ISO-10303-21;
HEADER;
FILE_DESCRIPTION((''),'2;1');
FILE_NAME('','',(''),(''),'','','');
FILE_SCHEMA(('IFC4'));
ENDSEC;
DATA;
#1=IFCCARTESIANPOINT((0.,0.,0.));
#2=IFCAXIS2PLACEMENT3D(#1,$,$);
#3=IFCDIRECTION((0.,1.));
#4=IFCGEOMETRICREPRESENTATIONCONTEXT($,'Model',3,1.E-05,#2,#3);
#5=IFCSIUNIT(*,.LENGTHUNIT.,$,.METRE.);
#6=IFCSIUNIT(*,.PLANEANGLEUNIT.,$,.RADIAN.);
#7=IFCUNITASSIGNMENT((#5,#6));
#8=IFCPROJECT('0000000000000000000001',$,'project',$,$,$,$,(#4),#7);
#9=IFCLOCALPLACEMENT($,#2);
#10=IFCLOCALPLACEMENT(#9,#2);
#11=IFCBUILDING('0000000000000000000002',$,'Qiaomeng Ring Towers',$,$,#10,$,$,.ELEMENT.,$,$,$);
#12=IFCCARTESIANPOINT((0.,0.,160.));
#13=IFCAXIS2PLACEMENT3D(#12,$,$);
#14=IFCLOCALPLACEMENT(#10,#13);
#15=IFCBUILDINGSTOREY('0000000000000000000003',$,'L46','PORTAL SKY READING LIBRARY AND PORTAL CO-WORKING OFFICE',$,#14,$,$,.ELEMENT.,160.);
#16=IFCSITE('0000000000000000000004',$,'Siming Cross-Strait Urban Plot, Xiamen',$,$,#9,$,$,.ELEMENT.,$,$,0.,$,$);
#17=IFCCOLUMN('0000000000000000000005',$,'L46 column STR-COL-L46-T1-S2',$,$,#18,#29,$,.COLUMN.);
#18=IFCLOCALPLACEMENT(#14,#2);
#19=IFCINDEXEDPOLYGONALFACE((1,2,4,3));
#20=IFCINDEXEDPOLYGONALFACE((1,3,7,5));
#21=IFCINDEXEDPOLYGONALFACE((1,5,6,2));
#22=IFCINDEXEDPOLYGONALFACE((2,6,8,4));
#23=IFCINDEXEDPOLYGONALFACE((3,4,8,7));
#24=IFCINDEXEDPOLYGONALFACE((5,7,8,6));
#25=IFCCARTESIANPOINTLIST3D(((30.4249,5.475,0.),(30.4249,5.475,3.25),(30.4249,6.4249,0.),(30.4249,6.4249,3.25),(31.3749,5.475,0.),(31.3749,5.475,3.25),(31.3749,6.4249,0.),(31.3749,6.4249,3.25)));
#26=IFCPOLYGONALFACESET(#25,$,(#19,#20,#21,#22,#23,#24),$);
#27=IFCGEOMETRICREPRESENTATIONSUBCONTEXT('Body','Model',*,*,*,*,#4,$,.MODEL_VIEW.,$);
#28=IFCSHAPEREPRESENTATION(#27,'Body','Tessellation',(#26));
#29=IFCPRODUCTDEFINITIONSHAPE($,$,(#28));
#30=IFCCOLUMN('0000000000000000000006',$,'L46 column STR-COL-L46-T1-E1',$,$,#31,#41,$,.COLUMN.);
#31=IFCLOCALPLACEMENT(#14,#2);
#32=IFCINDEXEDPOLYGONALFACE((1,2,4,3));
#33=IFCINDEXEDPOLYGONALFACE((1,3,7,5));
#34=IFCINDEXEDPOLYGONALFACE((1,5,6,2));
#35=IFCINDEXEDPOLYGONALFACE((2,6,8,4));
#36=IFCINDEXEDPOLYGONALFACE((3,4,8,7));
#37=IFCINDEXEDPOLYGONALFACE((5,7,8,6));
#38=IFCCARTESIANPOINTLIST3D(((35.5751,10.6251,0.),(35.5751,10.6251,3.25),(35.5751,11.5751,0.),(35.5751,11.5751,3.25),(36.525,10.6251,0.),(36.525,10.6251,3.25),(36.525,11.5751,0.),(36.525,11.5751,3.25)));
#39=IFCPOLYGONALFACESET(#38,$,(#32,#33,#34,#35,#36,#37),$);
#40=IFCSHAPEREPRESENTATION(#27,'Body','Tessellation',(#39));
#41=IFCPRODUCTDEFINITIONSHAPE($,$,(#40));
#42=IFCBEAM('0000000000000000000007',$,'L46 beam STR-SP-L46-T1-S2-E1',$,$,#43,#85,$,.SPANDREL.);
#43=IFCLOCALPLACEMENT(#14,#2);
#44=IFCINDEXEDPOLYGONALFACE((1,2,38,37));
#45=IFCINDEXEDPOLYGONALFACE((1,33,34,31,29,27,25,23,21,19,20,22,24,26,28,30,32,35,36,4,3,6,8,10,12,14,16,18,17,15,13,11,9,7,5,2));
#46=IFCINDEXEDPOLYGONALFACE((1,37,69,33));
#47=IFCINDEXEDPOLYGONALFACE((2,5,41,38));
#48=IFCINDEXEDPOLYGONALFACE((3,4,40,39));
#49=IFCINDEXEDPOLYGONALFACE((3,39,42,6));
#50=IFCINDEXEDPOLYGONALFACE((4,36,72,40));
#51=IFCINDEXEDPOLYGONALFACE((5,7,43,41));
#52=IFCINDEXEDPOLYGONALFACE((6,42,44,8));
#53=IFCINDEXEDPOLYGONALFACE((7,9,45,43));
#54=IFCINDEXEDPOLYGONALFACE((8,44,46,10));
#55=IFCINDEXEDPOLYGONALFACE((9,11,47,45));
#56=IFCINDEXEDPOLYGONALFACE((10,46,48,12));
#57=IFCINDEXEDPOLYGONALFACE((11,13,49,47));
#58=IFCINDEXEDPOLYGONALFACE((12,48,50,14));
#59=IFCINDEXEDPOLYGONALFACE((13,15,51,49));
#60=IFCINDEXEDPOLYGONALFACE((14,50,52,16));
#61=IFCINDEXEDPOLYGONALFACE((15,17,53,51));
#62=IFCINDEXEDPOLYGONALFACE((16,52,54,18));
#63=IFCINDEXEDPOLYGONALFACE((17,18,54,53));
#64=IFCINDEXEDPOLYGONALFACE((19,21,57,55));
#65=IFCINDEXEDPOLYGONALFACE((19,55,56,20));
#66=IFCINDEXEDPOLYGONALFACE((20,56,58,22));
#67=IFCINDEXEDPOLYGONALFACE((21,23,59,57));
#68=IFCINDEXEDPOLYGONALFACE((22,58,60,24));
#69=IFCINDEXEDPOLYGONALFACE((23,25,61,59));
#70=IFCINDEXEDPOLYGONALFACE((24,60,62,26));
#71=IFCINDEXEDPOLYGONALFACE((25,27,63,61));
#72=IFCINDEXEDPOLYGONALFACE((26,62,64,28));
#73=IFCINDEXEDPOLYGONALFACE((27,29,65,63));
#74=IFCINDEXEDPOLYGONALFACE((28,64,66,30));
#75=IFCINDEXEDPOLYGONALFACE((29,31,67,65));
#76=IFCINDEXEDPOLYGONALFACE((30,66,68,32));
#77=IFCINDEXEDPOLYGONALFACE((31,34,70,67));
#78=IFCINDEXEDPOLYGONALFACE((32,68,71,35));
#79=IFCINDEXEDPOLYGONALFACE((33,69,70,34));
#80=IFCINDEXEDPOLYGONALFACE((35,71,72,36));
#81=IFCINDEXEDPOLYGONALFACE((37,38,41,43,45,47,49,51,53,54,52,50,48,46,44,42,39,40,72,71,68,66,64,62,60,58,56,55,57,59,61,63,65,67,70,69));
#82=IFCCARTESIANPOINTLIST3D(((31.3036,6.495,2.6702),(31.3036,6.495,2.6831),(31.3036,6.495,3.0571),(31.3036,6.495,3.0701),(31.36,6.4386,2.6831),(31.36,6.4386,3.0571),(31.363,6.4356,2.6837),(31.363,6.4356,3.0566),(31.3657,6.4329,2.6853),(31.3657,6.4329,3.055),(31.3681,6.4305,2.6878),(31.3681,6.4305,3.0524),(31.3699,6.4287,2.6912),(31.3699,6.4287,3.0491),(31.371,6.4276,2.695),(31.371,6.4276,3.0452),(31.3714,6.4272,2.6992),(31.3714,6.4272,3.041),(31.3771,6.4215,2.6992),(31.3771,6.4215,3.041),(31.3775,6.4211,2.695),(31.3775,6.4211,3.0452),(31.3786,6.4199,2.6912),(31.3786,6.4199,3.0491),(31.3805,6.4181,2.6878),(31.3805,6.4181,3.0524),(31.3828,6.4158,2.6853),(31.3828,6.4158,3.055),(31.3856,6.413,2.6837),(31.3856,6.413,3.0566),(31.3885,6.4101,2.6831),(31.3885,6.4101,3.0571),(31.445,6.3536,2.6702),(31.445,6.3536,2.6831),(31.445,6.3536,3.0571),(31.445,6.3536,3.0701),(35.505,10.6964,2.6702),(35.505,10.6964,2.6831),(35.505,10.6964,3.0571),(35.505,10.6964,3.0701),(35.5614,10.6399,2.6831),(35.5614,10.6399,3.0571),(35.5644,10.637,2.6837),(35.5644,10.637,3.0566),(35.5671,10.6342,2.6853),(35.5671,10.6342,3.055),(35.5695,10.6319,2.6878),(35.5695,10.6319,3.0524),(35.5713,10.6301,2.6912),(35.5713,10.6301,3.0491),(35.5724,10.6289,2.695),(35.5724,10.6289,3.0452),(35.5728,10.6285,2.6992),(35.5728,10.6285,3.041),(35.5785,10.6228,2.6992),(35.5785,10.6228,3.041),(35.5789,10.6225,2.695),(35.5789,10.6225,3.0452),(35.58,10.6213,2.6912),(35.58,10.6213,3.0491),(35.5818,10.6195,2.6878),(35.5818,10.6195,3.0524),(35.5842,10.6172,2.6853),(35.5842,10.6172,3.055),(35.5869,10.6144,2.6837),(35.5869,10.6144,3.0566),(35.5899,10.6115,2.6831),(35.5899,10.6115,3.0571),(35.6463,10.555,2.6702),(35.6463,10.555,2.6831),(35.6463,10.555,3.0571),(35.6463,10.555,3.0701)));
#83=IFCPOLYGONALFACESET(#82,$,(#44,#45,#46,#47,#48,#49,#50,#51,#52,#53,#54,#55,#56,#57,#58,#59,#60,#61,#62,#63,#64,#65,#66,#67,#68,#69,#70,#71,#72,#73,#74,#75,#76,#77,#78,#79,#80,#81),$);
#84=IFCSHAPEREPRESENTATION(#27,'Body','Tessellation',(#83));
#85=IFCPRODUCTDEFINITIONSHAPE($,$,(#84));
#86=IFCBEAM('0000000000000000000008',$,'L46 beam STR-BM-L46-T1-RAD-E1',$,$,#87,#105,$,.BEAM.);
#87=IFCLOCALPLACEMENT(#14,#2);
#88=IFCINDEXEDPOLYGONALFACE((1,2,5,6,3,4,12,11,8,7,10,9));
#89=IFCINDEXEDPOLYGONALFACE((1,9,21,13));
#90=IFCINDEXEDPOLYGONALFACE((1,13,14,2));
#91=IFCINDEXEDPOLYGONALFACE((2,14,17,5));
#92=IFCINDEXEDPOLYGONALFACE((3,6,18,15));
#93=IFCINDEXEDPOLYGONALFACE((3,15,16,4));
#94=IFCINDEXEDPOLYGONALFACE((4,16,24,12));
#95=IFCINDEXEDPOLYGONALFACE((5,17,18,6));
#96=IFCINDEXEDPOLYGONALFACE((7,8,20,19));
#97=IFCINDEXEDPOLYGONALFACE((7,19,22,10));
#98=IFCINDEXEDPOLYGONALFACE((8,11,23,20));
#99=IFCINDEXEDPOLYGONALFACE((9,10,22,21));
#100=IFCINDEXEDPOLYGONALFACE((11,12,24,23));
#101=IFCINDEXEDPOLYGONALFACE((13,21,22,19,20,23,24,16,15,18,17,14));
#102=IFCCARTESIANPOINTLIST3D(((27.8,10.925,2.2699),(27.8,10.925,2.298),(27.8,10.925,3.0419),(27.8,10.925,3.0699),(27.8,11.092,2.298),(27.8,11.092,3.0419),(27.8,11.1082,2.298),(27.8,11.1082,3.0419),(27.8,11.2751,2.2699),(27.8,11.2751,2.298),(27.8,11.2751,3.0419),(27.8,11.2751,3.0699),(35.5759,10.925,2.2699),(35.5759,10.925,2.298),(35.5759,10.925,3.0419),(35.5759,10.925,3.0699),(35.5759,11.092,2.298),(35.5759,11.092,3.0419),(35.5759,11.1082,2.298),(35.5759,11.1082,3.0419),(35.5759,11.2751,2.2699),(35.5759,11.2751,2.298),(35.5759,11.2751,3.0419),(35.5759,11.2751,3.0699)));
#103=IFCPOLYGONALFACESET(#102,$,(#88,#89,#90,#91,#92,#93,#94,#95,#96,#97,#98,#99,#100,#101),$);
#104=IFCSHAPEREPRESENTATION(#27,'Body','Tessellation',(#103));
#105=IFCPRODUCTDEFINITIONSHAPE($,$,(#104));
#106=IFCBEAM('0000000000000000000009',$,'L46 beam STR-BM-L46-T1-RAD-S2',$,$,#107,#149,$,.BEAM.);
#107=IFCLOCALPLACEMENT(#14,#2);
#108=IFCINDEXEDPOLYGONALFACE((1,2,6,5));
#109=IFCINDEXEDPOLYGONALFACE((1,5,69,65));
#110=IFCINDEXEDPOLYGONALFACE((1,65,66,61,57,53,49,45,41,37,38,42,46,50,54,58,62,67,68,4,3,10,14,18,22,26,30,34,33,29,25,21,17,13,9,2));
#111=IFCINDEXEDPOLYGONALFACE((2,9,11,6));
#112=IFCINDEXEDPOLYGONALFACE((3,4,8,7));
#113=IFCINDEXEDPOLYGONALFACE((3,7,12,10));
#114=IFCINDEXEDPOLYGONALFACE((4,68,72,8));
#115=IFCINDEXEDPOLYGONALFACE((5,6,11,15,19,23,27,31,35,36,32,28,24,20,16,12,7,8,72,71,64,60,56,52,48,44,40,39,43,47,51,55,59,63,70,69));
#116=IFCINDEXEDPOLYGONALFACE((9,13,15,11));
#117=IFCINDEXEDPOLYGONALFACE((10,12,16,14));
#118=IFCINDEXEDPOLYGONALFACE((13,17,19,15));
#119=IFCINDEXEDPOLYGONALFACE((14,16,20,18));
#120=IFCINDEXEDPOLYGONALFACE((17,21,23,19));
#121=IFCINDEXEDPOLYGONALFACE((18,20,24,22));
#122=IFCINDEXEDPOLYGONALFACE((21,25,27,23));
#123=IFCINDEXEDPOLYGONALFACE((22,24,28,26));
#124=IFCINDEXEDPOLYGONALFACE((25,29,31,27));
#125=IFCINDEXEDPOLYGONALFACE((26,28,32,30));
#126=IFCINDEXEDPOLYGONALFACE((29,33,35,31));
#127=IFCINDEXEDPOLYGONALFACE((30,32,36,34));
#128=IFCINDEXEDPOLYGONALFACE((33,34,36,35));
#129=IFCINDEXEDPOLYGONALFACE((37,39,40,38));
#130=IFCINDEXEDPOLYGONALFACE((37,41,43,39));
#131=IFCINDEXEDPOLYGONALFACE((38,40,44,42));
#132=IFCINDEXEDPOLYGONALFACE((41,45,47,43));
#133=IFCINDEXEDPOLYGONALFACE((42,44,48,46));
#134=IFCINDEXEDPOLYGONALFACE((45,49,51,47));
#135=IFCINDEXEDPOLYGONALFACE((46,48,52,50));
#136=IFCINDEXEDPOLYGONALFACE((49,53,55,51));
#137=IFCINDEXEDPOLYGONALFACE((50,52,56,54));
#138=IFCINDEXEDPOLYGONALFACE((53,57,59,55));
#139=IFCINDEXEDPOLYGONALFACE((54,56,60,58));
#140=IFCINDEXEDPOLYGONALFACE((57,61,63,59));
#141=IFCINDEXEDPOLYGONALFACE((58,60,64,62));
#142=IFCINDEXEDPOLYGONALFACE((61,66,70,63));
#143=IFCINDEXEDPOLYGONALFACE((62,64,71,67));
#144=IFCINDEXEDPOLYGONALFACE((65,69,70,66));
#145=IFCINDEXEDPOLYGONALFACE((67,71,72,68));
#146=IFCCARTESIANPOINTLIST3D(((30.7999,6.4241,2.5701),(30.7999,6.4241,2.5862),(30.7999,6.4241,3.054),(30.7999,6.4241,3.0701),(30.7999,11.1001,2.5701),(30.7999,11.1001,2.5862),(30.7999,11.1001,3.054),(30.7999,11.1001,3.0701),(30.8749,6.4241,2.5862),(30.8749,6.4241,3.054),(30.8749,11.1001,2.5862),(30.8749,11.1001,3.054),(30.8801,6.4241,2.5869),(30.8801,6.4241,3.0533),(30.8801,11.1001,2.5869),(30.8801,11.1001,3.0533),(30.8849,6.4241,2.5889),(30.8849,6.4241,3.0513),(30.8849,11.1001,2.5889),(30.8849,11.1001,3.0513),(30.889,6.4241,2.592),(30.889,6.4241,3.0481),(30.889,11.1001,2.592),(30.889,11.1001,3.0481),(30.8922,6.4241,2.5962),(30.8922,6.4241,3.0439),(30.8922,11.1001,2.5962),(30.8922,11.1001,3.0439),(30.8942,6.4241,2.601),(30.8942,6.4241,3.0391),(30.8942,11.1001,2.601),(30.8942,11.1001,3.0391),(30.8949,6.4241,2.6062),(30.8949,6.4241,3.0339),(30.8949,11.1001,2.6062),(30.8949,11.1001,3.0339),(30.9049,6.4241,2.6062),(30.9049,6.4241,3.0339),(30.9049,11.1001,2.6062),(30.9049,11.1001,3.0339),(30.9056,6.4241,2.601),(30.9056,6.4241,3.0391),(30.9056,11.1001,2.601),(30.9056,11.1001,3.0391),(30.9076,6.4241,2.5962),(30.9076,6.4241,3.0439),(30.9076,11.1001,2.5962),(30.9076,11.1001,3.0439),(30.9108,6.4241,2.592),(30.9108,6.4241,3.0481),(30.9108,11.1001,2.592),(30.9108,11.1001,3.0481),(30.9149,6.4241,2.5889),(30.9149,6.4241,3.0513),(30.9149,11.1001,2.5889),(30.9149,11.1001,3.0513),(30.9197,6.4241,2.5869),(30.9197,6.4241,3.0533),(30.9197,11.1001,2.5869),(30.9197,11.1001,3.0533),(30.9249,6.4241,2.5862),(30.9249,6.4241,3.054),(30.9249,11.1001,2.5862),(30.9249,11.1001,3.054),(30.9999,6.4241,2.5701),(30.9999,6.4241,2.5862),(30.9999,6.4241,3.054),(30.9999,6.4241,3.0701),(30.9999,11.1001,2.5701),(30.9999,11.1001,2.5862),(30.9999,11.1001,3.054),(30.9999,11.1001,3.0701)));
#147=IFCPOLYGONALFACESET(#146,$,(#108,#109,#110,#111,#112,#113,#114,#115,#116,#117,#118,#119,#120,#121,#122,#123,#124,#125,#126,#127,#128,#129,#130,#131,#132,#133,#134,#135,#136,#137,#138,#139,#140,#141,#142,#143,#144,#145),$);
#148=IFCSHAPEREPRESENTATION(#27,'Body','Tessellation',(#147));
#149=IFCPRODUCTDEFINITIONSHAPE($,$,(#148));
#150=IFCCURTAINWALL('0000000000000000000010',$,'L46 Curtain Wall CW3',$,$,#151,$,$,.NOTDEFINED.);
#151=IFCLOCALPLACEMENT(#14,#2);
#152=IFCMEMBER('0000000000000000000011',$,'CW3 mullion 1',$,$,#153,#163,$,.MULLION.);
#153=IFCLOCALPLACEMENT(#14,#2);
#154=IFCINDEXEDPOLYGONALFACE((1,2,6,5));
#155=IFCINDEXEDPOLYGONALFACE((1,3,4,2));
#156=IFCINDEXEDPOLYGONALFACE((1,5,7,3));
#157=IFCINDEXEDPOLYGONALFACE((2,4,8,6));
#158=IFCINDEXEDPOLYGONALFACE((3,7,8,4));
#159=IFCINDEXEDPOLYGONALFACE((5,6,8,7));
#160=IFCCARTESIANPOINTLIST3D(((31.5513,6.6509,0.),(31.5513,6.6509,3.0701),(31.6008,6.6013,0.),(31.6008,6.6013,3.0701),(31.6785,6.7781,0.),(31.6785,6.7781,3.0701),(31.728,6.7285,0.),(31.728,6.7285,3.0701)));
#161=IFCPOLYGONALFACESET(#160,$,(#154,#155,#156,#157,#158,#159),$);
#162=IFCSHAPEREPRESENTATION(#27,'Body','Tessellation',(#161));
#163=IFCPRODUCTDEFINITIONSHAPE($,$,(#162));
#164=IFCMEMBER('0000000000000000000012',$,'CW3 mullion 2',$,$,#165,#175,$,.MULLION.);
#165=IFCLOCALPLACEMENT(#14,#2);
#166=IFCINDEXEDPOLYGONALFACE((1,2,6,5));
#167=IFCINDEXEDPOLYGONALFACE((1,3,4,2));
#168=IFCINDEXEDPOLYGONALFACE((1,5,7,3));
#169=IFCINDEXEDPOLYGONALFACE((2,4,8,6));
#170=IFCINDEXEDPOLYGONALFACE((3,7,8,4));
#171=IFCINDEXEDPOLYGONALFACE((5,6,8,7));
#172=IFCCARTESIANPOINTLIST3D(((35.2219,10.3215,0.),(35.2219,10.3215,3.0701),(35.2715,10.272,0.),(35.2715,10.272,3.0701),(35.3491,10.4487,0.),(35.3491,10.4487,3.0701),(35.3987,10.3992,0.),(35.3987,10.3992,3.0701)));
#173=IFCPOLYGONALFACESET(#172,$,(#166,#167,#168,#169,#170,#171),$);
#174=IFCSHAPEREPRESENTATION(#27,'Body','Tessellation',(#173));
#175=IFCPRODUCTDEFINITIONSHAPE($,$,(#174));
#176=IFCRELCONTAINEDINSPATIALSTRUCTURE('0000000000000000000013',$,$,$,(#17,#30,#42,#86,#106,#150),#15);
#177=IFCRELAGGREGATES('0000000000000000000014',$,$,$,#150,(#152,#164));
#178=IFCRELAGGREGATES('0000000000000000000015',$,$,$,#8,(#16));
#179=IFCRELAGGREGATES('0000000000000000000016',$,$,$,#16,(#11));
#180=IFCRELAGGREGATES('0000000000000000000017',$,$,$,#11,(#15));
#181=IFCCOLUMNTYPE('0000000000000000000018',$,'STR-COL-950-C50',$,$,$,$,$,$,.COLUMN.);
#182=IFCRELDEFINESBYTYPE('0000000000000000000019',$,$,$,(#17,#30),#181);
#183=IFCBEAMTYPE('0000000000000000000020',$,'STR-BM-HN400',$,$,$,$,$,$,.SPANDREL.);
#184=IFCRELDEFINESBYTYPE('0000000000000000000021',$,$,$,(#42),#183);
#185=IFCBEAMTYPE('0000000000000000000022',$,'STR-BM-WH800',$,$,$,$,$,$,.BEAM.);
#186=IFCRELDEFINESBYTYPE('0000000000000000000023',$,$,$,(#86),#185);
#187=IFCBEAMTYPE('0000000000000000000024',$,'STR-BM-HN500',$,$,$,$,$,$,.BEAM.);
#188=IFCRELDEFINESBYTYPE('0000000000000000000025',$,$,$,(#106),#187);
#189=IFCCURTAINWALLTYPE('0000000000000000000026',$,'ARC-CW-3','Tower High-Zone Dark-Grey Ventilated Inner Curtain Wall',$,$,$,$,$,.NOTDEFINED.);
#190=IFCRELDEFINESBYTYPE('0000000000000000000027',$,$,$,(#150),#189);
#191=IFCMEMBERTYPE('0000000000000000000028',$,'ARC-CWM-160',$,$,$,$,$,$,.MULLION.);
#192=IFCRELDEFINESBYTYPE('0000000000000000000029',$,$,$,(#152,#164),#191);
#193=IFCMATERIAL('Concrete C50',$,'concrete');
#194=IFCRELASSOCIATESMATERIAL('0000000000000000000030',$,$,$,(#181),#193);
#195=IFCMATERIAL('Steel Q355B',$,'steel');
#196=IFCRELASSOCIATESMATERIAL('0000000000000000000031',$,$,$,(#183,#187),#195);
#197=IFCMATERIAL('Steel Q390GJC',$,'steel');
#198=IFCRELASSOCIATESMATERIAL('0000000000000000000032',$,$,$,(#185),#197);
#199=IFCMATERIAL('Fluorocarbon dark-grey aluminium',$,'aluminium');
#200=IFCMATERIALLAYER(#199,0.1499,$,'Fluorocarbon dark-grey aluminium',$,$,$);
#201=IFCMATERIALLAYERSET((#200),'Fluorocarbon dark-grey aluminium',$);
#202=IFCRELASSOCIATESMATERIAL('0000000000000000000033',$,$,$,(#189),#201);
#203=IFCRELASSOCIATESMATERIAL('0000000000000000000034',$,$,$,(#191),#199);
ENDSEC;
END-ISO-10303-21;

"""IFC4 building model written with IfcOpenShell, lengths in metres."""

from ifc_helpers import new_model, si_unit, direction, frame, origin, origin_2d, place, context, subcontext, project, spatial, rectangle, i_section, extrude, source, transform, mapped, material, layer, layer_set, material_profile, profile_set, type_object, element, aggregate, save


model = new_model("IFC4")

# Units and contexts
model_context = context("Model", 3, precision=1e-05, world=origin(), true_north=direction((0.0, 1.0)))
body_context = subcontext(model_context, "Body", "Model", "MODEL_VIEW")
ifc_project = project(units=[si_unit("LENGTHUNIT", "METRE"), si_unit("PLANEANGLEUNIT", "RADIAN")], contexts=[model_context])

# Site, building, storey
site_placement = place(None, origin())
site = spatial("IfcSite", under=ifc_project, at=site_placement, Name="Siming Cross-Strait Urban Plot, Xiamen", CompositionType="ELEMENT", RefElevation=0.0)
building_placement = place(site_placement, origin())
building = spatial("IfcBuilding", under=site, at=building_placement, Name="Qiaomeng Ring Towers", CompositionType="ELEMENT")
storey_placement = place(building_placement, frame((0.0, 0.0, 160.0)))
storey = spatial("IfcBuildingStorey", under=building, at=storey_placement, Name="L46", Description="PORTAL SKY READING LIBRARY AND PORTAL CO-WORKING OFFICE", CompositionType="ELEMENT", Elevation=160.0)

# Columns
ifc_material_1 = material(Name="Concrete C50", Category="concrete")
ifc_material_profile_1 = material_profile(ifc_material_1, rectangle(XDim=0.95, YDim=0.95, at=origin_2d()), Name="RC COL 950x950")
ifc_profile_set_1 = profile_set([ifc_material_profile_1], Name="Concrete C50")
column_type = type_object("IfcColumnType", Name="STR-COL-950-C50", PredefinedType="COLUMN", material=ifc_profile_set_1)
shared_shape_1 = source(origin(), body_context, "Body", "SweptSolid", [
    extrude(rectangle(XDim=0.95, YDim=0.95, at=origin_2d()), origin(), (0.0, 0.0, 1.0), 3.25),
])
for number, where, z_axis, x_axis, name in (
    (1, (30.8999, 5.95, 0.0), (0.0, 0.0, 1.0), (1.0, 0.0, 0.0), "L46 column STR-COL-L46-T1-S2"),
    (2, (36.05, 11.1001, 0.0), (0.0, 0.0, 1.0), (1.0, 0.0, 0.0), "L46 column STR-COL-L46-T1-E1"),
):
    element("IfcColumn", number, at=place(storey_placement, frame(where, z_axis=z_axis, x_axis=x_axis)), inside=storey, type_object=column_type, Name=name, PredefinedType="COLUMN", context=body_context, shape_type="MappedRepresentation", body=[
        mapped(shared_shape_1, transform((0.0, 0.0, 0.0), x_axis=(1.0, 0.0, 0.0), y_axis=(0.0, 1.0, 0.0), z_axis=(0.0, 0.0, 1.0), scale=1.0)),
    ])

# Beams
ifc_material_2 = material(Name="Steel Q355B", Category="steel")
ifc_material_profile_2 = material_profile(ifc_material_2, i_section(OverallWidth=0.2, OverallDepth=0.3999, WebThickness=0.0081, FlangeThickness=0.0129, FilletRadius=0.0161, at=origin_2d()), Name="HN 400x200x8x13")
ifc_profile_set_2 = profile_set([ifc_material_profile_2], Name="Steel Q355B")
beam_type_1 = type_object("IfcBeamType", Name="STR-BM-HN400", PredefinedType="SPANDREL", material=ifc_profile_set_2)
shared_shape_2 = source(origin(), body_context, "Body", "SweptSolid", [
    extrude(i_section(OverallWidth=0.2, OverallDepth=0.3999, WebThickness=0.0081, FlangeThickness=0.0129, FilletRadius=0.0161, at=origin_2d()), origin(), (0.0, 0.0, 1.0), 5.9417),
])
beam_1_placement = place(storey_placement, frame((31.3743, 6.4243, 2.8701), z_axis=(0.707107, 0.707107, 0.0), x_axis=(-0.707107, 0.707107, 0.0)))
element("IfcBeam", 3, at=beam_1_placement, inside=storey, type_object=beam_type_1, Name="L46 beam STR-SP-L46-T1-S2-E1", PredefinedType="SPANDREL", context=body_context, shape_type="MappedRepresentation", body=[
    mapped(shared_shape_2, transform((0.0, 0.0, 0.0), x_axis=(1.0, 0.0, 0.0), y_axis=(0.0, 1.0, 0.0), z_axis=(0.0, 0.0, 1.0), scale=1.0)),
])
ifc_material_3 = material(Name="Steel Q390GJC", Category="steel")
ifc_material_profile_3 = material_profile(ifc_material_3, i_section(OverallWidth=0.3501, OverallDepth=0.8, WebThickness=0.0161, FlangeThickness=0.0281, at=origin_2d()), Name="WH 800x350x16x28")
ifc_profile_set_3 = profile_set([ifc_material_profile_3], Name="Steel Q390GJC")
beam_type_2 = type_object("IfcBeamType", Name="STR-BM-WH800", PredefinedType="BEAM", material=ifc_profile_set_3)
shared_shape_3 = source(origin(), body_context, "Body", "SweptSolid", [
    extrude(i_section(OverallWidth=0.3501, OverallDepth=0.8, WebThickness=0.0161, FlangeThickness=0.0281, at=origin_2d()), origin(), (0.0, 0.0, 1.0), 7.7759),
])
beam_2_placement = place(storey_placement, frame((27.8, 11.1001, 2.6699), z_axis=(1.0, 0.0, 0.0), x_axis=(0.0, 1.0, 0.0)))
element("IfcBeam", 4, at=beam_2_placement, inside=storey, type_object=beam_type_2, Name="L46 beam STR-BM-L46-T1-RAD-E1", PredefinedType="BEAM", context=body_context, shape_type="MappedRepresentation", body=[
    mapped(shared_shape_3, transform((0.0, 0.0, 0.0), x_axis=(1.0, 0.0, 0.0), y_axis=(0.0, 1.0, 0.0), z_axis=(0.0, 0.0, 1.0), scale=1.0)),
])
ifc_material_profile_4 = material_profile(ifc_material_2, i_section(OverallWidth=0.2, OverallDepth=0.5, WebThickness=0.01, FlangeThickness=0.0161, FilletRadius=0.02, at=origin_2d()), Name="HN 500x200x10x16")
ifc_profile_set_4 = profile_set([ifc_material_profile_4], Name="Steel Q355B")
beam_type_3 = type_object("IfcBeamType", Name="STR-BM-HN500", PredefinedType="BEAM", material=ifc_profile_set_4)
shared_shape_4 = source(origin(), body_context, "Body", "SweptSolid", [
    extrude(i_section(OverallWidth=0.2, OverallDepth=0.5, WebThickness=0.01, FlangeThickness=0.0161, FilletRadius=0.02, at=origin_2d()), origin(), (0.0, 0.0, 1.0), 4.676),
])
beam_3_placement = place(storey_placement, frame((30.8999, 6.4241, 2.8201), z_axis=(0.0, 1.0, 0.0), x_axis=(-1.0, 0.0, 0.0)))
element("IfcBeam", 5, at=beam_3_placement, inside=storey, type_object=beam_type_3, Name="L46 beam STR-BM-L46-T1-RAD-S2", PredefinedType="BEAM", context=body_context, shape_type="MappedRepresentation", body=[
    mapped(shared_shape_4, transform((0.0, 0.0, 0.0), x_axis=(1.0, 0.0, 0.0), y_axis=(0.0, 1.0, 0.0), z_axis=(0.0, 0.0, 1.0), scale=1.0)),
])

# Curtain wall, members
ifc_material_4 = material(Name="Fluorocarbon dark-grey aluminium", Category="aluminium")
ifc_layer_1 = layer(ifc_material_4, 0.1499, Name="Fluorocarbon dark-grey aluminium")
ifc_layer_set_1 = layer_set([ifc_layer_1], Name="Fluorocarbon dark-grey aluminium")
curtain_wall_type = type_object("IfcCurtainWallType", Name="ARC-CW-3", Description="Tower High-Zone Dark-Grey Ventilated Inner Curtain Wall", PredefinedType="NOTDEFINED", material=ifc_layer_set_1)
curtain_wall_placement = place(storey_placement, origin())
curtain_wall = element("IfcCurtainWall", 6, at=curtain_wall_placement, inside=storey, type_object=curtain_wall_type, Name="L46 Curtain Wall CW3", PredefinedType="NOTDEFINED")
ifc_material_profile_5 = material_profile(ifc_material_4, rectangle(XDim=0.0701, YDim=0.1799, at=origin_2d()), Name="ALU MULL 70x180")
ifc_profile_set_5 = profile_set([ifc_material_profile_5], Name="Fluorocarbon dark-grey aluminium")
member_type_1 = type_object("IfcMemberType", Name="ARC-CWM-160", PredefinedType="MULLION", material=ifc_profile_set_5)
shared_shape_5 = source(origin(), body_context, "Body", "SweptSolid", [
    extrude(rectangle(XDim=0.0701, YDim=0.1799, at=origin_2d()), origin(), (0.0, 0.0, 1.0), 3.0701),
])
member_1_placement = place(storey_placement, frame((31.6396, 6.6897, 0.0), z_axis=(0.0, 0.0, 1.0), x_axis=(-0.707107, 0.707107, 0.0)))
member_1 = element("IfcMember", 7, at=member_1_placement, type_object=member_type_1, Name="CW3 mullion 1", PredefinedType="MULLION", context=body_context, shape_type="MappedRepresentation", body=[
    mapped(shared_shape_5, transform((0.0, 0.0, 0.0), x_axis=(1.0, 0.0, 0.0), y_axis=(0.0, 1.0, 0.0), z_axis=(0.0, 0.0, 1.0), scale=1.0)),
])
member_2_placement = place(storey_placement, frame((35.3103, 10.3604, 0.0), z_axis=(0.0, 0.0, 1.0), x_axis=(-0.707107, 0.707107, 0.0)))
member_2 = element("IfcMember", 8, at=member_2_placement, type_object=member_type_1, Name="CW3 mullion 2", PredefinedType="MULLION", context=body_context, shape_type="MappedRepresentation", body=[
    mapped(shared_shape_5, transform((0.0, 0.0, 0.0), x_axis=(1.0, 0.0, 0.0), y_axis=(0.0, 1.0, 0.0), z_axis=(0.0, 0.0, 1.0), scale=1.0)),
])
aggregate(curtain_wall, [member_1, member_2])

save(model, "model.ifc")
